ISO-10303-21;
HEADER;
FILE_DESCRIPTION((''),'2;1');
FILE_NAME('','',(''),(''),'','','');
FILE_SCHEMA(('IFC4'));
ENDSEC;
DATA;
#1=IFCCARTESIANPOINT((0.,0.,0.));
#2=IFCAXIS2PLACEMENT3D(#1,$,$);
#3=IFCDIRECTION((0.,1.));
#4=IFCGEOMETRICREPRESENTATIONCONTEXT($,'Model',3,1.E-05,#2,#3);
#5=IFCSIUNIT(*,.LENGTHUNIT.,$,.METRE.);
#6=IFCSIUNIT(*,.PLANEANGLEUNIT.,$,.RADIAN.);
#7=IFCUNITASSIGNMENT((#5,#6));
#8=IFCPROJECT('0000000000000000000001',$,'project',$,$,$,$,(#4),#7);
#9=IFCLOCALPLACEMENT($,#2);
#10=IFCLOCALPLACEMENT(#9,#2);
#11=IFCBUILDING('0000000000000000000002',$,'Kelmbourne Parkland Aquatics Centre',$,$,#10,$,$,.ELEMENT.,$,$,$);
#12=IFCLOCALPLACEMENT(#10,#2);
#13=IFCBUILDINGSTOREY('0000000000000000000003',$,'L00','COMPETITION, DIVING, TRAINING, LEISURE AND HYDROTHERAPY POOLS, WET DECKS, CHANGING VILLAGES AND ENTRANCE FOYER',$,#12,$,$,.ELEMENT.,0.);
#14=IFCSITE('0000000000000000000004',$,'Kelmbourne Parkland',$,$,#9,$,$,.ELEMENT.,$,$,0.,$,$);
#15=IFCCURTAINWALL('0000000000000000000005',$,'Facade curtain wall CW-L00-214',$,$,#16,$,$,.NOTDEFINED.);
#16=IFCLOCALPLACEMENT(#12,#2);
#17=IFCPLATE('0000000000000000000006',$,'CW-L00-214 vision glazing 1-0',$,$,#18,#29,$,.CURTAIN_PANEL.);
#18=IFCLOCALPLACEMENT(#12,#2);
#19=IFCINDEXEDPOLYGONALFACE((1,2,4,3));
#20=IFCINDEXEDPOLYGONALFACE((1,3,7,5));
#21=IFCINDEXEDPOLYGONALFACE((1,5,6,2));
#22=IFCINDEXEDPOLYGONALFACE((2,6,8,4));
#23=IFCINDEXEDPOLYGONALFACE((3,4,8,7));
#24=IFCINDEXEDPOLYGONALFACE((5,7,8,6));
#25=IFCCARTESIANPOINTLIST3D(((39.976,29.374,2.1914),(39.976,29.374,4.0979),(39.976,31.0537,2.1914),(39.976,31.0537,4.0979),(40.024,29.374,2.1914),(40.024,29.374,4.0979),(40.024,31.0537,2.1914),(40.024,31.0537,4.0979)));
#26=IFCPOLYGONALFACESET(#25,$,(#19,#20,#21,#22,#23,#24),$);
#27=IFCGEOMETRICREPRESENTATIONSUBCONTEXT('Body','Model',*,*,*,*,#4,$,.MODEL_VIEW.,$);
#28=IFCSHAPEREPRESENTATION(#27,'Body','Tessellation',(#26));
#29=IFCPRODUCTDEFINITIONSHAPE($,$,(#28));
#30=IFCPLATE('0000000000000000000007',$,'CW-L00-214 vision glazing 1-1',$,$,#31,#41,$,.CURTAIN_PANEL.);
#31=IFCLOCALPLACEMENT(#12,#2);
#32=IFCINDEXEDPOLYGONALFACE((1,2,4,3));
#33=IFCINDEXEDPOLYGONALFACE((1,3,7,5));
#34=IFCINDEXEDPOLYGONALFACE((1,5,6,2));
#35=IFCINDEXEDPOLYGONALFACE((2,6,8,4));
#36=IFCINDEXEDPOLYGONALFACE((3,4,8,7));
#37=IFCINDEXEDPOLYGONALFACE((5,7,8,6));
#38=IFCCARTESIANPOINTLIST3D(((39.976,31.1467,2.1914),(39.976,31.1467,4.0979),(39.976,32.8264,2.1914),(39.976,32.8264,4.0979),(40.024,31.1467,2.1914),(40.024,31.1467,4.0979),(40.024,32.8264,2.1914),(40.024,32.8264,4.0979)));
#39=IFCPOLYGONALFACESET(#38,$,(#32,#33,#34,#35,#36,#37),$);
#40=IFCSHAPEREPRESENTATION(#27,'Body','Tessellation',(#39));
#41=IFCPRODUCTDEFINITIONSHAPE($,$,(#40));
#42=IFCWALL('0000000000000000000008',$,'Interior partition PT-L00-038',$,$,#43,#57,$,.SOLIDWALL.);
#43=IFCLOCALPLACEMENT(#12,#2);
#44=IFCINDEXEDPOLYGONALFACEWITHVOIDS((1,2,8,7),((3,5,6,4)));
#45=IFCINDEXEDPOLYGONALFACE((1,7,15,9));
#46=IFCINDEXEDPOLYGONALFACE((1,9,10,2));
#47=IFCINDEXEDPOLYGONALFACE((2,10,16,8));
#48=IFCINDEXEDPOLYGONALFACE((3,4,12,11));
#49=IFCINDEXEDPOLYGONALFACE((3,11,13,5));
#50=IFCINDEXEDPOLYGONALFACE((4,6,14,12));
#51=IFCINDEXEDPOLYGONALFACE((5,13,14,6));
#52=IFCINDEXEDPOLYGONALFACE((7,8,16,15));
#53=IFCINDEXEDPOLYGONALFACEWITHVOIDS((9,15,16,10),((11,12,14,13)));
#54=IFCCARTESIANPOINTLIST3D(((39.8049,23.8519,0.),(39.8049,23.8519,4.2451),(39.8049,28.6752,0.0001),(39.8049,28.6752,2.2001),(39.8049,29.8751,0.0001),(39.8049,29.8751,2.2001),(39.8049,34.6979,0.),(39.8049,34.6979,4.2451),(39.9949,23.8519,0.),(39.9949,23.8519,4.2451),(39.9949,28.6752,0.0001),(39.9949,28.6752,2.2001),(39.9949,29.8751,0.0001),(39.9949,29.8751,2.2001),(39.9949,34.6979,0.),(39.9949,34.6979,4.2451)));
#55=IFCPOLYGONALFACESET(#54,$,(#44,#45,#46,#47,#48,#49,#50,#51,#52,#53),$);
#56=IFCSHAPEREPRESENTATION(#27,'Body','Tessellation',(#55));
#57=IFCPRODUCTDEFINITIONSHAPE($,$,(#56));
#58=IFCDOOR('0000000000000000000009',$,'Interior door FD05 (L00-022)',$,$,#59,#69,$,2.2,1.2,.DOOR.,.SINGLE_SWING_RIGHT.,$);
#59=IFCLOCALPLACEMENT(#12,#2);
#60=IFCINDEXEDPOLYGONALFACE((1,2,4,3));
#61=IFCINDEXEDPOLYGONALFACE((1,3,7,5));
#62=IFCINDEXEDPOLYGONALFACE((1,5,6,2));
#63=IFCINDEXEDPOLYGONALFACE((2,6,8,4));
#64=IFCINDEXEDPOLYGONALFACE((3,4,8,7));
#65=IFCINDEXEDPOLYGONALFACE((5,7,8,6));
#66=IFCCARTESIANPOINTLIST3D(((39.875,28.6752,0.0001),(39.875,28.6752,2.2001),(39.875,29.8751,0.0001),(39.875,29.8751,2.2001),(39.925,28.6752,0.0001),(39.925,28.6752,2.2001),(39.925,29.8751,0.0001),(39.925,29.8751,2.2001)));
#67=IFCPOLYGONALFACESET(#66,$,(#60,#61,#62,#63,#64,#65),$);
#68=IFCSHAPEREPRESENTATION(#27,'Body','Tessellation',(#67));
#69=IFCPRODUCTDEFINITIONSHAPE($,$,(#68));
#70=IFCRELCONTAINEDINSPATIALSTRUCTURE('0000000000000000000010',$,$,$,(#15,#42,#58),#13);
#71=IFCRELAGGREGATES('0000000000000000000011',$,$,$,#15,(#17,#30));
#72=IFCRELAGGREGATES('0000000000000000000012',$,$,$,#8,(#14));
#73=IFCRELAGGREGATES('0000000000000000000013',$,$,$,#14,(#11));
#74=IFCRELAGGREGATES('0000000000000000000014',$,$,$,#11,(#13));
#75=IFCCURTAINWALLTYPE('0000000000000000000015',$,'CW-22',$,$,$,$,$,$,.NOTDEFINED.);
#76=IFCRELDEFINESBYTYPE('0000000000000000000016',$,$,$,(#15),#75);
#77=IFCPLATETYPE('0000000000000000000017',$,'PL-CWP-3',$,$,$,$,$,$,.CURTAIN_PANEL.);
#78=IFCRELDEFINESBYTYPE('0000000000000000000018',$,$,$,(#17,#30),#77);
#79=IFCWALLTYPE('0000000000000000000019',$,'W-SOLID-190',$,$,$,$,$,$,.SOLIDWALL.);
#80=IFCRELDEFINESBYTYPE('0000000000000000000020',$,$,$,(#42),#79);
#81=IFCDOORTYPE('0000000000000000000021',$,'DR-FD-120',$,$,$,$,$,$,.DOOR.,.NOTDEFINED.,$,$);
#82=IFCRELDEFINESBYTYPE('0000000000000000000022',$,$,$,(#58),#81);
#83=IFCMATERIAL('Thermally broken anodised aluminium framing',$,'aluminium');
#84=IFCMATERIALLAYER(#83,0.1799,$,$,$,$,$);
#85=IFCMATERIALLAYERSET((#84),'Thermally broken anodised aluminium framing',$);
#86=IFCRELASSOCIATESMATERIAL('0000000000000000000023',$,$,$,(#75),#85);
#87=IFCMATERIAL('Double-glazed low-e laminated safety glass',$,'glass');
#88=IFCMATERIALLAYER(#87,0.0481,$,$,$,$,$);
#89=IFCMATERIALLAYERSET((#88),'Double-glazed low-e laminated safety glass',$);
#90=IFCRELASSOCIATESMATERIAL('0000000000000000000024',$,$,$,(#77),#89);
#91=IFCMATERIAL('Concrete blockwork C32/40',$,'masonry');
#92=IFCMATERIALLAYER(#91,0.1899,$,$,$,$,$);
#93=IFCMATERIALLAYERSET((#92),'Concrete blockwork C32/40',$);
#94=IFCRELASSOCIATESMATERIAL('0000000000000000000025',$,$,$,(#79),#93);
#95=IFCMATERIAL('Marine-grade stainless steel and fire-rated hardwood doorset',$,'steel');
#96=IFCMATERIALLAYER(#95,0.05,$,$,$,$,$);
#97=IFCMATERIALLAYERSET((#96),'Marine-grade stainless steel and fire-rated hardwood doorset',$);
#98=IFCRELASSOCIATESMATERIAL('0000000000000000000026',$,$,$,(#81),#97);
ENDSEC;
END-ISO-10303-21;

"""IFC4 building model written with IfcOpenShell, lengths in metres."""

from ifc_helpers import new_model, si_unit, direction, frame, frame_2d, origin, origin_2d, place, context, subcontext, project, spatial, rectangle, extrude, material, layer, layer_set, type_object, element, fill, aggregate, save


model = new_model("IFC4")

# Units and contexts
model_context = context("Model", 3, precision=1e-05, world=origin(), true_north=direction((0.0, 1.0)))
body_context = subcontext(model_context, "Body", "Model", "MODEL_VIEW")
ifc_project = project(units=[si_unit("LENGTHUNIT", "METRE"), si_unit("PLANEANGLEUNIT", "RADIAN")], contexts=[model_context])

# Site, building, storey
site_placement = place(None, origin())
site = spatial("IfcSite", under=ifc_project, at=site_placement, Name="Kelmbourne Parkland", CompositionType="ELEMENT", RefElevation=0.0)
building_placement = place(site_placement, origin())
building = spatial("IfcBuilding", under=site, at=building_placement, Name="Kelmbourne Parkland Aquatics Centre", CompositionType="ELEMENT")
storey_placement = place(building_placement, origin())
storey = spatial("IfcBuildingStorey", under=building, at=storey_placement, Name="L00", Description="COMPETITION, DIVING, TRAINING, LEISURE AND HYDROTHERAPY POOLS, WET DECKS, CHANGING VILLAGES AND ENTRANCE FOYER", CompositionType="ELEMENT", Elevation=0.0)

# Curtain wall
ifc_material_1 = material(Name="Thermally broken anodised aluminium framing", Category="aluminium")
ifc_layer_1 = layer(ifc_material_1, 0.1799)
ifc_layer_set_1 = layer_set([ifc_layer_1], Name="Thermally broken anodised aluminium framing")
curtain_wall_type_1 = type_object("IfcCurtainWallType", Name="CW-22", PredefinedType="NOTDEFINED", material=ifc_layer_set_1)
curtain_wall_1_placement = place(storey_placement, origin())
curtain_wall_1 = element("IfcCurtainWall", 1, at=curtain_wall_1_placement, inside=storey, type_object=curtain_wall_type_1, Name="Facade curtain wall CW-L00-214", PredefinedType="NOTDEFINED")

# Plates
ifc_material_2 = material(Name="Double-glazed low-e laminated safety glass", Category="glass")
ifc_layer_2 = layer(ifc_material_2, 0.0481)
ifc_layer_set_2 = layer_set([ifc_layer_2], Name="Double-glazed low-e laminated safety glass")
plate_type_1 = type_object("IfcPlateType", Name="PL-CWP-3", PredefinedType="CURTAIN_PANEL", material=ifc_layer_set_2)
plate_1_placement = place(storey_placement, frame((40.0, 30.2139, 2.1914), z_axis=(0.0, 0.0, 1.0), x_axis=(0.0, 1.0, 0.0)))
plate_1 = element("IfcPlate", 2, at=plate_1_placement, type_object=plate_type_1, Name="CW-L00-214 vision glazing 1-0", PredefinedType="CURTAIN_PANEL", context=body_context, shape_type="SweptSolid", body=[
    extrude(rectangle(XDim=1.6797, YDim=0.0481, at=origin_2d()), origin(), (0.0, 0.0, 1.0), 1.9065),
])
plate_2_placement = place(storey_placement, frame((40.0, 31.9866, 2.1914), z_axis=(0.0, 0.0, 1.0), x_axis=(0.0, 1.0, 0.0)))
plate_2 = element("IfcPlate", 3, at=plate_2_placement, type_object=plate_type_1, Name="CW-L00-214 vision glazing 1-1", PredefinedType="CURTAIN_PANEL", context=body_context, shape_type="SweptSolid", body=[
    extrude(rectangle(XDim=1.6797, YDim=0.0481, at=origin_2d()), origin(), (0.0, 0.0, 1.0), 1.9065),
])
aggregate(curtain_wall_1, [plate_1, plate_2])

# Wall, opening, door
ifc_material_3 = material(Name="Concrete blockwork C32/40", Category="masonry")
ifc_layer_3 = layer(ifc_material_3, 0.1899)
ifc_layer_set_3 = layer_set([ifc_layer_3], Name="Concrete blockwork C32/40")
wall_type = type_object("IfcWallType", Name="W-SOLID-190", PredefinedType="SOLIDWALL", material=ifc_layer_set_3)
wall_placement = place(storey_placement, frame((39.8999, 23.8521, 0.0), z_axis=(0.0, 0.0, 1.0), x_axis=(0.0, 1.0, 0.0)))
wall = element("IfcWall", 4, at=wall_placement, inside=storey, type_object=wall_type, Name="Interior partition PT-L00-038", PredefinedType="SOLIDWALL", context=body_context, shape_type="SweptSolid", body=[
    extrude(rectangle(XDim=10.8459, YDim=0.1899, at=frame_2d((5.4229, 0.0))), origin(), (0.0, 0.0, 1.0), 4.2451),
])
opening_placement = place(wall_placement, frame((4.823, 0.0, 0.0)))
opening = element("IfcOpeningElement", 5, at=opening_placement, cuts=wall, PredefinedType="OPENING", context=body_context, shape_type="SweptSolid", body=[
    extrude(rectangle(XDim=1.2, YDim=2.2, at=frame_2d((0.6001, 1.1001))), frame((0.0, 0.1069, 0.0), z_axis=(0.0, -1.0, 0.0), x_axis=(1.0, 0.0, 0.0)), (0.0, 0.0, 1.0), 0.2139),
])
ifc_material_4 = material(Name="Marine-grade stainless steel and fire-rated hardwood doorset", Category="steel")
ifc_layer_4 = layer(ifc_material_4, 0.05)
ifc_layer_set_4 = layer_set([ifc_layer_4], Name="Marine-grade stainless steel and fire-rated hardwood doorset")
door_type = type_object("IfcDoorType", Name="DR-FD-120", OperationType="NOTDEFINED", PredefinedType="DOOR", material=ifc_layer_set_4)
door_placement = place(opening_placement, origin())
door = element("IfcDoor", 6, at=door_placement, inside=storey, type_object=door_type, Name="Interior door FD05 (L00-022)", OperationType="SINGLE_SWING_RIGHT", OverallHeight=2.2, OverallWidth=1.2, PredefinedType="DOOR", context=body_context, shape_type="SweptSolid", body=[
    extrude(rectangle(XDim=1.2, YDim=2.2, at=frame_2d((0.6001, 1.1001))), frame((0.0, 0.0249, 0.0), z_axis=(0.0, -1.0, 0.0), x_axis=(1.0, 0.0, 0.0)), (0.0, 0.0, 1.0), 0.05),
])
fill(opening, door)

save(model, "model.ifc")
